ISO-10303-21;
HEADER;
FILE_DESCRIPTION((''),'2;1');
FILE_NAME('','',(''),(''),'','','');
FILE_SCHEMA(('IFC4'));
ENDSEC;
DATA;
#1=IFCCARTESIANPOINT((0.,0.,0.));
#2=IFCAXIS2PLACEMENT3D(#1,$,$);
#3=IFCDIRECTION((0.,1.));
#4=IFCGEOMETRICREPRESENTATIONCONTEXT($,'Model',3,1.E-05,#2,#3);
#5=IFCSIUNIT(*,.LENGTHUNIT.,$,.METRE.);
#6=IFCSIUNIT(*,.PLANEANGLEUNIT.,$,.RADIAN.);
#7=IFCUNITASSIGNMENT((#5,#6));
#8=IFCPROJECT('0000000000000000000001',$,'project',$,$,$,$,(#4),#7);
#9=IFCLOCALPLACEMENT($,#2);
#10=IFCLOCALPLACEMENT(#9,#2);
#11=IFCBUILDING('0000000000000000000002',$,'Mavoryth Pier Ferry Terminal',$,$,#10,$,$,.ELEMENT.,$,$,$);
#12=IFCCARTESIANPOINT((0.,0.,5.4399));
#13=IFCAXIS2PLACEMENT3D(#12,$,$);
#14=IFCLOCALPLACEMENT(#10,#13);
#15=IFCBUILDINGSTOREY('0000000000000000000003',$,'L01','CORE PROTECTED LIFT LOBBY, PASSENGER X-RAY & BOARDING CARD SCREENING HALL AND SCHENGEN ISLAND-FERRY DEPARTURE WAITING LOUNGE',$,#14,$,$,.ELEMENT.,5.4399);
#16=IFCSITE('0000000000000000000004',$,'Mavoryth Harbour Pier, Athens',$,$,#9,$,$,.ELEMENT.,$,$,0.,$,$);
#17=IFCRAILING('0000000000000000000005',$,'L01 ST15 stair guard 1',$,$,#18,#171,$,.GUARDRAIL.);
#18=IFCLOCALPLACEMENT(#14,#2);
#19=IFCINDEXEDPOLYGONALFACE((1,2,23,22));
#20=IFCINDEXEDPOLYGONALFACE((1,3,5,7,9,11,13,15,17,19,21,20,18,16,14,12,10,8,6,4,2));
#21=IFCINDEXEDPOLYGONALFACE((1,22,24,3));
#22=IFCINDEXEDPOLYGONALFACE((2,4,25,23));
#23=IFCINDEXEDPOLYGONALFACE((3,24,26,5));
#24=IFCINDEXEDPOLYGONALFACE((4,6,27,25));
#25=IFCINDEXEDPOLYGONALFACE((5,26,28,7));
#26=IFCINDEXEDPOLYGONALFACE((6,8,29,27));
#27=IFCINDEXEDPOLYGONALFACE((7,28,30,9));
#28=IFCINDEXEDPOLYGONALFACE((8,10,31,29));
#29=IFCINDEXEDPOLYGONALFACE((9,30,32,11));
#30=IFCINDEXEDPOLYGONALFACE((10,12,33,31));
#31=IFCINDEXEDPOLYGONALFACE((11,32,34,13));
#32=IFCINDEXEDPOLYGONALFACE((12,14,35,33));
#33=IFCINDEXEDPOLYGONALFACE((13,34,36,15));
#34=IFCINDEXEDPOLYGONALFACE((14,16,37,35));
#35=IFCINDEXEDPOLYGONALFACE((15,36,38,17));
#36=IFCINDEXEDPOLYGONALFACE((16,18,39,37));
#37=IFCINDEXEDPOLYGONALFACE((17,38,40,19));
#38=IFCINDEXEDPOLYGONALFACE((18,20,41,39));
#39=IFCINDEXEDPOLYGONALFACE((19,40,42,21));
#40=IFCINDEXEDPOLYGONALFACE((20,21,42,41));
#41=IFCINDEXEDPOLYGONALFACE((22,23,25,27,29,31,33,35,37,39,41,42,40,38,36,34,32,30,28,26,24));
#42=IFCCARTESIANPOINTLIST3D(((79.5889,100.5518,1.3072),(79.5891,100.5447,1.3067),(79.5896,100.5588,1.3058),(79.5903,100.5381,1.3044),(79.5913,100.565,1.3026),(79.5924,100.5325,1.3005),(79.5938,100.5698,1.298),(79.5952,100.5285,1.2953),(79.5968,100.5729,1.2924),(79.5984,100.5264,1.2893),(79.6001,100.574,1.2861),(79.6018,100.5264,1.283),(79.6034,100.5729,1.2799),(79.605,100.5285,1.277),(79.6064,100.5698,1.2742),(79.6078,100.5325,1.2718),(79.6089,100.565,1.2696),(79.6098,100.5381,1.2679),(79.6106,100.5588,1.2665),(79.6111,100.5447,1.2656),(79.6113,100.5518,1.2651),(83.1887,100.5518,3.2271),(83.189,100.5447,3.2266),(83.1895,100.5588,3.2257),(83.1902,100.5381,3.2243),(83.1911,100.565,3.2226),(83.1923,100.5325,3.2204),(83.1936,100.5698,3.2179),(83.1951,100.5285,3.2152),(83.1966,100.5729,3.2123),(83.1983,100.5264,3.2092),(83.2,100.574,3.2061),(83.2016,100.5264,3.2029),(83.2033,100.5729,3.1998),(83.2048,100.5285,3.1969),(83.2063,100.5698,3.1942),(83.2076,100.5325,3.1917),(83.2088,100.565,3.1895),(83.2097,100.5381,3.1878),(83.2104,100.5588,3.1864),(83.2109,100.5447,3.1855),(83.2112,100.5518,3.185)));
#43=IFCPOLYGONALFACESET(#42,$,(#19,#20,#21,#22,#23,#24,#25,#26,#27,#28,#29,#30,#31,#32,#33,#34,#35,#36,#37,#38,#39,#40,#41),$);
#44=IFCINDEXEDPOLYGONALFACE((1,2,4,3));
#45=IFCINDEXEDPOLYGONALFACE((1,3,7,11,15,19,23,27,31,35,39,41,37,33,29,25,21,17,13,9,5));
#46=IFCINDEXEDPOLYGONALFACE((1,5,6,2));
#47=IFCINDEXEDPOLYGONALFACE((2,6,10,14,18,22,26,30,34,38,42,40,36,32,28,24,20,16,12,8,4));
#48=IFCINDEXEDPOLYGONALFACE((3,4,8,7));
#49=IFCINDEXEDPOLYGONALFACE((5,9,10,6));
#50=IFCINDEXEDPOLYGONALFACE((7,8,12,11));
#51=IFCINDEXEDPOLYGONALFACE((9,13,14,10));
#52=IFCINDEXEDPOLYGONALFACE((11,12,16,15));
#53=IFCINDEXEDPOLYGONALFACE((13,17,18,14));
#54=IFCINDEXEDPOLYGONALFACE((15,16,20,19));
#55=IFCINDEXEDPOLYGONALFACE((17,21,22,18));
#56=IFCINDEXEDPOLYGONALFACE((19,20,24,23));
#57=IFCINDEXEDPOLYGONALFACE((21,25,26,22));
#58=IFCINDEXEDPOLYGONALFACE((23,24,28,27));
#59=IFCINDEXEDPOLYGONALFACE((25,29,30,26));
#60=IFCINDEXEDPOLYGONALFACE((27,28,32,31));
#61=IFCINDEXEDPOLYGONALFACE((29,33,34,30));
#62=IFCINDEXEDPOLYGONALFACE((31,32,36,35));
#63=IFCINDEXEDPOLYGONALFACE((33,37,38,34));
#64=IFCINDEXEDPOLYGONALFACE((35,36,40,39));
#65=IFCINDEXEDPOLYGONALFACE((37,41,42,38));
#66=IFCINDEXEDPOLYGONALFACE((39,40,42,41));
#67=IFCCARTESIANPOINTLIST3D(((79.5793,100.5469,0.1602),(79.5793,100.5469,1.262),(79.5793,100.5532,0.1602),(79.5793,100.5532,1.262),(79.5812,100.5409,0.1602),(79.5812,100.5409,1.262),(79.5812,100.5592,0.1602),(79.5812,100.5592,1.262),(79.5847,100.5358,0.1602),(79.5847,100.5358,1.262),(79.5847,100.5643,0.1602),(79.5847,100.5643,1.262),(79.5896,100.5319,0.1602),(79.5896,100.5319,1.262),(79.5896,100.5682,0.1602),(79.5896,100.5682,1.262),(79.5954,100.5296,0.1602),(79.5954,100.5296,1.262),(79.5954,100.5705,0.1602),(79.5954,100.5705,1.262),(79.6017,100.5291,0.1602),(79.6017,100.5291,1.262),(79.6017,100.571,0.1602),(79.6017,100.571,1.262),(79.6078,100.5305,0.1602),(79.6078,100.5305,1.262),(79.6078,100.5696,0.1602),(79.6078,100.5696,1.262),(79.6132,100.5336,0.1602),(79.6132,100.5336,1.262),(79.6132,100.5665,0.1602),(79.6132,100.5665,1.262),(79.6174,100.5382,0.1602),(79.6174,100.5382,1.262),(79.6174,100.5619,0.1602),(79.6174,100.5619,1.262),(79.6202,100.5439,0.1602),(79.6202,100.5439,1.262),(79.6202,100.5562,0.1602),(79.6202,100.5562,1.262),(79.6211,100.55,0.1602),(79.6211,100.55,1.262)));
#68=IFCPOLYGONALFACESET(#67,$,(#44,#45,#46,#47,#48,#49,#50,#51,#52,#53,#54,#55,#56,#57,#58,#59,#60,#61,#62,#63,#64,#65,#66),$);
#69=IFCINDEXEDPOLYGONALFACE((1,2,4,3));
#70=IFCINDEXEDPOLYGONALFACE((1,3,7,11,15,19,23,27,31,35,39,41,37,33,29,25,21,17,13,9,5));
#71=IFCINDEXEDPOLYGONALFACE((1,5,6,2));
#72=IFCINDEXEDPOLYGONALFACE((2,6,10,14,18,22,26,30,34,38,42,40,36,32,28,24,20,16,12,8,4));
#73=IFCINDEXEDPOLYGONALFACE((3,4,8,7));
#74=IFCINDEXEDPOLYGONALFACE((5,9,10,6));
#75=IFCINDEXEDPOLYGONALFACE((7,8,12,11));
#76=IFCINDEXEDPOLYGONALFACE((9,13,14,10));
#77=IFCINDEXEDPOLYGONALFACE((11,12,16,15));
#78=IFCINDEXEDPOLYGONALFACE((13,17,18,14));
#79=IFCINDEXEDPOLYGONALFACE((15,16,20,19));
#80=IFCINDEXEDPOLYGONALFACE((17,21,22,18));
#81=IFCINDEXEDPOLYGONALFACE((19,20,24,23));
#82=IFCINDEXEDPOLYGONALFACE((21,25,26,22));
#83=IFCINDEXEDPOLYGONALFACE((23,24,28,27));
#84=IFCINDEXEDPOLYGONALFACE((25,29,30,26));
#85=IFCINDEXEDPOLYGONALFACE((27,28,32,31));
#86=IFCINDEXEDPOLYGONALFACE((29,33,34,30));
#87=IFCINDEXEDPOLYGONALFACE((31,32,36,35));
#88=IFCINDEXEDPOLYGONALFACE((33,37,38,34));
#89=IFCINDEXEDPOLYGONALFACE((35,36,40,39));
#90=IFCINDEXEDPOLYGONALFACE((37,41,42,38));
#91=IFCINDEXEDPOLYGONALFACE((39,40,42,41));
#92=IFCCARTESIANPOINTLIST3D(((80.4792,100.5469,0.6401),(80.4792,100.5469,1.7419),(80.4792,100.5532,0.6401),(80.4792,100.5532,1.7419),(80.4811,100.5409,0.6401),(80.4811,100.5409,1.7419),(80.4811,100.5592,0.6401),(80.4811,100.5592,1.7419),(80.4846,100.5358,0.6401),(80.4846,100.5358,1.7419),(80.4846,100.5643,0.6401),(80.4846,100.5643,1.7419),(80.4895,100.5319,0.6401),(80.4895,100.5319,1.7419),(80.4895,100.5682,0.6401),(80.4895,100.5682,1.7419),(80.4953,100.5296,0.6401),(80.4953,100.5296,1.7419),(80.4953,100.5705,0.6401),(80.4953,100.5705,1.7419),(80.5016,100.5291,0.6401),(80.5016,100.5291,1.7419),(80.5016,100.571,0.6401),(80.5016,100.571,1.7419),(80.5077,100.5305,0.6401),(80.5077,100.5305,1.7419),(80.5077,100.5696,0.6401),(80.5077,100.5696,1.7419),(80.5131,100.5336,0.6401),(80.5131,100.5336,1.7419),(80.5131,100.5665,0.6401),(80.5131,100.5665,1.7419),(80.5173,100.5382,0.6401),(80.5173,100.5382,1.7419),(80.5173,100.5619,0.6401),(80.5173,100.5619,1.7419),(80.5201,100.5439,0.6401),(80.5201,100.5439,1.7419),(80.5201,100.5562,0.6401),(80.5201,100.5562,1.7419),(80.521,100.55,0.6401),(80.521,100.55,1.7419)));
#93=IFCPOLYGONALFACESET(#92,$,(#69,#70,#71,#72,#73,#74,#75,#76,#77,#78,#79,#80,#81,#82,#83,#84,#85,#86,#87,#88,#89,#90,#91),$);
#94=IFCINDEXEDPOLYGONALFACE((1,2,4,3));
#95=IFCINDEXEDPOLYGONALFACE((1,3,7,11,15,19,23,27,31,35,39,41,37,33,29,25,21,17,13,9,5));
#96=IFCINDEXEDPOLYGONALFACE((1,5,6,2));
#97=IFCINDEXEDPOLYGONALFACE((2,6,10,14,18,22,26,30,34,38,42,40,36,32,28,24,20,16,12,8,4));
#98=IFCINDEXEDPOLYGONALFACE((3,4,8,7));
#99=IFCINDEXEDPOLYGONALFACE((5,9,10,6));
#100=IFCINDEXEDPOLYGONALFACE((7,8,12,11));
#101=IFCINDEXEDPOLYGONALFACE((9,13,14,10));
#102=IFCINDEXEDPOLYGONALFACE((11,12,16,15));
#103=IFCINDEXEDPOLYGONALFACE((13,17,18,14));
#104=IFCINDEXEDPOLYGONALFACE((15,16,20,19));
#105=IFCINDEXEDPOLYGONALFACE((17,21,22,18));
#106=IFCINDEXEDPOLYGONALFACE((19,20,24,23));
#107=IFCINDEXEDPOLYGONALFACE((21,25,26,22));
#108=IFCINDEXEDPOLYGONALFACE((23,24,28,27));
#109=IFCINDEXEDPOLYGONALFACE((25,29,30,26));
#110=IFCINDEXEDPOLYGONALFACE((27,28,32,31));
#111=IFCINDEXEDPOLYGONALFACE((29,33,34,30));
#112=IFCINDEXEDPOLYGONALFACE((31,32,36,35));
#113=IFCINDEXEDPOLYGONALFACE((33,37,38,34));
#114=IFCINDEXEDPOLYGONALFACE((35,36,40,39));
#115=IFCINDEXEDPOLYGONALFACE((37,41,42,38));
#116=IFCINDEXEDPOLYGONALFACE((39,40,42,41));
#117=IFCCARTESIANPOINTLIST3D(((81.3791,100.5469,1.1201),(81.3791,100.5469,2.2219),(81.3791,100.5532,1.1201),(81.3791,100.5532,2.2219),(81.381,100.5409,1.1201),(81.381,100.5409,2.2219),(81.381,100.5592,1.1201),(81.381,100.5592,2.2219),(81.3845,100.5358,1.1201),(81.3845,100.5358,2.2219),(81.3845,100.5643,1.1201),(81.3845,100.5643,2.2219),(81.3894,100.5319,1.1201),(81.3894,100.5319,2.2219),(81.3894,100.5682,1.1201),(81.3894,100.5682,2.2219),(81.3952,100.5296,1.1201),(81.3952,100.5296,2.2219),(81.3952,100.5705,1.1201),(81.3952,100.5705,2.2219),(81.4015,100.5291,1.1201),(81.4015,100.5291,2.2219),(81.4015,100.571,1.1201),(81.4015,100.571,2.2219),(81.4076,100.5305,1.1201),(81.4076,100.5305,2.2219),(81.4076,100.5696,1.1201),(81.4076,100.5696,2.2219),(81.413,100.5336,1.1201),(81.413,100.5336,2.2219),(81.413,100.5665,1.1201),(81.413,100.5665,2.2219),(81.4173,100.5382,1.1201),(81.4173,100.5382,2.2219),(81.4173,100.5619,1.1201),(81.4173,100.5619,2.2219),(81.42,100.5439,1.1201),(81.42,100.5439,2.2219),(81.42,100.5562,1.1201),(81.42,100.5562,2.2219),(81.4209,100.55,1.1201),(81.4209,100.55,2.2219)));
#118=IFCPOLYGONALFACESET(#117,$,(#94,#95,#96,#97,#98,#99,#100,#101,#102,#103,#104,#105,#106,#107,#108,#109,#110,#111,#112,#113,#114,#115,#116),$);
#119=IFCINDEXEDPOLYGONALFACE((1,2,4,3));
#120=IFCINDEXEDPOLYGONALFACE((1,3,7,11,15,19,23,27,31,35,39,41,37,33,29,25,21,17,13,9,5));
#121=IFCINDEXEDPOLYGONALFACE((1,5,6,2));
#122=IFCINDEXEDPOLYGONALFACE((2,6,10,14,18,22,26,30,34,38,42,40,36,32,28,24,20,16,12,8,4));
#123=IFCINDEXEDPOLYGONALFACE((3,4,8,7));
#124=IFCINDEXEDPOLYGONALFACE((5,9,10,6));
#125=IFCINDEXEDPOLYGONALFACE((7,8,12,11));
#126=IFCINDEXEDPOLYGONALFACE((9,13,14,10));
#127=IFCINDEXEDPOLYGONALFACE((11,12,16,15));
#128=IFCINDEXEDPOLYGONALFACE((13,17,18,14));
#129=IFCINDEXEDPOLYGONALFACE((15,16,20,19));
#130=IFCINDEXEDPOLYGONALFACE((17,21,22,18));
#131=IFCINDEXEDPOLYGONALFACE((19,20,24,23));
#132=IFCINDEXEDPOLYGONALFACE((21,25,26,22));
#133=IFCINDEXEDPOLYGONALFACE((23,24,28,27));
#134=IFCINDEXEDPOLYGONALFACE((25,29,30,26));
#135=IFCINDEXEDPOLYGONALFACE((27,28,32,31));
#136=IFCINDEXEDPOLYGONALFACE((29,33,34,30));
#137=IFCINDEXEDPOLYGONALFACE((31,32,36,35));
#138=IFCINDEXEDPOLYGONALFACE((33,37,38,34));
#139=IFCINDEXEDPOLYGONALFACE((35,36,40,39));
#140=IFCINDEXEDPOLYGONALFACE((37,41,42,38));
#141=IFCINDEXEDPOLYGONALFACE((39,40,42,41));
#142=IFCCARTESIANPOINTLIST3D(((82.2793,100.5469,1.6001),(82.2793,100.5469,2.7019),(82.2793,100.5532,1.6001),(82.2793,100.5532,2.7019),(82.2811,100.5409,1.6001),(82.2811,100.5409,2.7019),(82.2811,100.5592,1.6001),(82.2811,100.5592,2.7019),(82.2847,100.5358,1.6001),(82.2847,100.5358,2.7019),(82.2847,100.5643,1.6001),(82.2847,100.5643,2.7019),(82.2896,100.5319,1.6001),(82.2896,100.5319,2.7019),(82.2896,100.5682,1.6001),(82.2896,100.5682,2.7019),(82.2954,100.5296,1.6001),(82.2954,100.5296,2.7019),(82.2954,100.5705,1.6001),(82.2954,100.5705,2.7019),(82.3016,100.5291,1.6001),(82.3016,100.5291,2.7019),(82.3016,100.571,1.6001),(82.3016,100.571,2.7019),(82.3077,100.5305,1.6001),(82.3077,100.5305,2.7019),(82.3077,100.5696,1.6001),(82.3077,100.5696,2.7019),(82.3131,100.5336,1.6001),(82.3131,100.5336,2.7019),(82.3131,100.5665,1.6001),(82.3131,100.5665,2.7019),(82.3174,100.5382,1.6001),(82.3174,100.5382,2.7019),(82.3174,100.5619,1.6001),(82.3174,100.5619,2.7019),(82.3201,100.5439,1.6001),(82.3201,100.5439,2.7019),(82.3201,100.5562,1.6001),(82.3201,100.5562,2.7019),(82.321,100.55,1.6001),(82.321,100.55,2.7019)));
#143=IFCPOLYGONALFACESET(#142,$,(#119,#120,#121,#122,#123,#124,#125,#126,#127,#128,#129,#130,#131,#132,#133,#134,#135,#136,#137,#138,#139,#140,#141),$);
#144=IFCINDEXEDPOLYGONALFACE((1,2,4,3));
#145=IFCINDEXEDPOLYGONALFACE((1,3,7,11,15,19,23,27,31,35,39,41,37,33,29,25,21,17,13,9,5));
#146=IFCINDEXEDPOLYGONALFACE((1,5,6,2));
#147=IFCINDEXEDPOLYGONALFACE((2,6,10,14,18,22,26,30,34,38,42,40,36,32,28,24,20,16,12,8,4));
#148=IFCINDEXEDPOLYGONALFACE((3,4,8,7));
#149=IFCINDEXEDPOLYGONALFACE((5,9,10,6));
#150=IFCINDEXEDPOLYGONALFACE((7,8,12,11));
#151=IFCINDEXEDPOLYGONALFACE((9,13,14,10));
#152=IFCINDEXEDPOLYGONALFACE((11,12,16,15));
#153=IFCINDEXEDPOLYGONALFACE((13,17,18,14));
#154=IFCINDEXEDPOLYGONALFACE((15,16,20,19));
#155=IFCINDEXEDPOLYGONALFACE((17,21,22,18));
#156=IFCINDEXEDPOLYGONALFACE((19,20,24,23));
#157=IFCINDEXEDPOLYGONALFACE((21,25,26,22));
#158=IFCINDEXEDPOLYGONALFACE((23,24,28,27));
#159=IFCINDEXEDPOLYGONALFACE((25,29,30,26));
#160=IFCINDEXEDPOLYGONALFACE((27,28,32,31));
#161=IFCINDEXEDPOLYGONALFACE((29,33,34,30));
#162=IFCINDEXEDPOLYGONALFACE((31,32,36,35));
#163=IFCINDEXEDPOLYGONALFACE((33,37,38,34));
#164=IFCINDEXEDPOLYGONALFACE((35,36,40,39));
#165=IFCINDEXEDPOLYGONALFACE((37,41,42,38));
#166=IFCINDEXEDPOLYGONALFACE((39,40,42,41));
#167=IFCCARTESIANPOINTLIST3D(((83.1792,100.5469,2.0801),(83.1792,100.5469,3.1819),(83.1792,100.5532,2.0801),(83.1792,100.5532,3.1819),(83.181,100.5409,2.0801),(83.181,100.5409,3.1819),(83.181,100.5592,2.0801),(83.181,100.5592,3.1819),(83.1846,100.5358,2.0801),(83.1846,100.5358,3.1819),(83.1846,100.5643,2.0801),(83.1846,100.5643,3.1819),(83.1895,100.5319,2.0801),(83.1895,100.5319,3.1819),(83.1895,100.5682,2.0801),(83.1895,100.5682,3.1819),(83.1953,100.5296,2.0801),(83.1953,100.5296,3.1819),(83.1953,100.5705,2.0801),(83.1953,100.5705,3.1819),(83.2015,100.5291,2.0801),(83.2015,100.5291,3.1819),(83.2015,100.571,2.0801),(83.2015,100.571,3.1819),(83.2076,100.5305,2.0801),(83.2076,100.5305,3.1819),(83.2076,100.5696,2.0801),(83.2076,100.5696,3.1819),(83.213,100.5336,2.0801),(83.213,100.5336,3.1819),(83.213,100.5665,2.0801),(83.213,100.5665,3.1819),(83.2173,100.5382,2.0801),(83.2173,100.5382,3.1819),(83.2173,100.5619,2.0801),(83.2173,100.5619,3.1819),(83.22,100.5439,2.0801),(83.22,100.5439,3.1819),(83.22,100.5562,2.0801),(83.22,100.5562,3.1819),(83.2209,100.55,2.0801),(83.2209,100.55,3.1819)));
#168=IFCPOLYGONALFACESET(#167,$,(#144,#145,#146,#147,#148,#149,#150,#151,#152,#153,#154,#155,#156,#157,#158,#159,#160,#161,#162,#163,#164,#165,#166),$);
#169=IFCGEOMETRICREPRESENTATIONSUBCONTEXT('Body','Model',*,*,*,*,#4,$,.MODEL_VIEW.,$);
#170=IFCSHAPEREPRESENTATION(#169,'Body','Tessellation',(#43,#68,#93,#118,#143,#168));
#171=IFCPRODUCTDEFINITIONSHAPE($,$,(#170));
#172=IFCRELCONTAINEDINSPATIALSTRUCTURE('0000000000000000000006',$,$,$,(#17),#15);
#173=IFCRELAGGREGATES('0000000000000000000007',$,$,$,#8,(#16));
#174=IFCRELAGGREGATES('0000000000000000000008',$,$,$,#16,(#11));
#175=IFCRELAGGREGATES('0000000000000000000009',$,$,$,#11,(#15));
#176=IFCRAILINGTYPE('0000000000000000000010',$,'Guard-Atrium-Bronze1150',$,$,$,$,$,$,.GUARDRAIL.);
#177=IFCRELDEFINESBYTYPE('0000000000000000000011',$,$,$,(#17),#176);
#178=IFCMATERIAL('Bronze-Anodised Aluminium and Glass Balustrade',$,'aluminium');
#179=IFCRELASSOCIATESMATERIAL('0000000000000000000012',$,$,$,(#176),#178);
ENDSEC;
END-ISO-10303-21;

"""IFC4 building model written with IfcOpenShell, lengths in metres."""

from ifc_helpers import new_model, si_unit, direction, frame, origin, origin_2d, place, context, subcontext, project, spatial, circle, extrude, material, type_object, element, save


model = new_model("IFC4")

# Units and contexts
model_context = context("Model", 3, precision=1e-05, world=origin(), true_north=direction((0.0, 1.0)))
body_context = subcontext(model_context, "Body", "Model", "MODEL_VIEW")
ifc_project = project(units=[si_unit("LENGTHUNIT", "METRE"), si_unit("PLANEANGLEUNIT", "RADIAN")], contexts=[model_context])

# Site, building, storey
site_placement = place(None, origin())
site = spatial("IfcSite", under=ifc_project, at=site_placement, Name="Mavoryth Harbour Pier, Athens", CompositionType="ELEMENT", RefElevation=0.0)
building_placement = place(site_placement, origin())
building = spatial("IfcBuilding", under=site, at=building_placement, Name="Mavoryth Pier Ferry Terminal", CompositionType="ELEMENT")
storey_placement = place(building_placement, frame((0.0, 0.0, 5.4399)))
storey = spatial("IfcBuildingStorey", under=building, at=storey_placement, Name="L01", Description="CORE PROTECTED LIFT LOBBY, PASSENGER X-RAY & BOARDING CARD SCREENING HALL AND SCHENGEN ISLAND-FERRY DEPARTURE WAITING LOUNGE", CompositionType="ELEMENT", Elevation=5.4399)

# Railing
ifc_material_1 = material(Name="Bronze-Anodised Aluminium and Glass Balustrade", Category="aluminium")
railing_type_1 = type_object("IfcRailingType", Name="Guard-Atrium-Bronze1150", PredefinedType="GUARDRAIL", material=ifc_material_1)
railing_1_placement = place(storey_placement, frame((79.6001, 100.55, 0.1602)))
element("IfcRailing", 1, at=railing_1_placement, inside=storey, type_object=railing_type_1, Name="L01 ST15 stair guard 1", PredefinedType="GUARDRAIL", context=body_context, shape_type="SweptSolid", body=[
    extrude(circle(Radius=0.0239, at=origin_2d()), frame((0.0, 0.0, 1.126), z_axis=(0.882353, 0.0, 0.470588), x_axis=(0.0, 1.0, 0.0)), (0.0, 0.0, 1.0), 4.0798),
    extrude(circle(Radius=0.021, at=origin_2d()), origin(), (0.0, 0.0, 1.0), 1.1018),
    extrude(circle(Radius=0.021, at=origin_2d()), frame((0.8999, 0.0, 0.48)), (0.0, 0.0, 1.0), 1.1018),
    extrude(circle(Radius=0.021, at=origin_2d()), frame((1.7998, 0.0, 0.96)), (0.0, 0.0, 1.0), 1.1018),
    extrude(circle(Radius=0.021, at=origin_2d()), frame((2.7, 0.0, 1.4399)), (0.0, 0.0, 1.0), 1.1018),
    extrude(circle(Radius=0.021, at=origin_2d()), frame((3.5999, 0.0, 1.9199)), (0.0, 0.0, 1.0), 1.1018),
])

save(model, "model.ifc")
